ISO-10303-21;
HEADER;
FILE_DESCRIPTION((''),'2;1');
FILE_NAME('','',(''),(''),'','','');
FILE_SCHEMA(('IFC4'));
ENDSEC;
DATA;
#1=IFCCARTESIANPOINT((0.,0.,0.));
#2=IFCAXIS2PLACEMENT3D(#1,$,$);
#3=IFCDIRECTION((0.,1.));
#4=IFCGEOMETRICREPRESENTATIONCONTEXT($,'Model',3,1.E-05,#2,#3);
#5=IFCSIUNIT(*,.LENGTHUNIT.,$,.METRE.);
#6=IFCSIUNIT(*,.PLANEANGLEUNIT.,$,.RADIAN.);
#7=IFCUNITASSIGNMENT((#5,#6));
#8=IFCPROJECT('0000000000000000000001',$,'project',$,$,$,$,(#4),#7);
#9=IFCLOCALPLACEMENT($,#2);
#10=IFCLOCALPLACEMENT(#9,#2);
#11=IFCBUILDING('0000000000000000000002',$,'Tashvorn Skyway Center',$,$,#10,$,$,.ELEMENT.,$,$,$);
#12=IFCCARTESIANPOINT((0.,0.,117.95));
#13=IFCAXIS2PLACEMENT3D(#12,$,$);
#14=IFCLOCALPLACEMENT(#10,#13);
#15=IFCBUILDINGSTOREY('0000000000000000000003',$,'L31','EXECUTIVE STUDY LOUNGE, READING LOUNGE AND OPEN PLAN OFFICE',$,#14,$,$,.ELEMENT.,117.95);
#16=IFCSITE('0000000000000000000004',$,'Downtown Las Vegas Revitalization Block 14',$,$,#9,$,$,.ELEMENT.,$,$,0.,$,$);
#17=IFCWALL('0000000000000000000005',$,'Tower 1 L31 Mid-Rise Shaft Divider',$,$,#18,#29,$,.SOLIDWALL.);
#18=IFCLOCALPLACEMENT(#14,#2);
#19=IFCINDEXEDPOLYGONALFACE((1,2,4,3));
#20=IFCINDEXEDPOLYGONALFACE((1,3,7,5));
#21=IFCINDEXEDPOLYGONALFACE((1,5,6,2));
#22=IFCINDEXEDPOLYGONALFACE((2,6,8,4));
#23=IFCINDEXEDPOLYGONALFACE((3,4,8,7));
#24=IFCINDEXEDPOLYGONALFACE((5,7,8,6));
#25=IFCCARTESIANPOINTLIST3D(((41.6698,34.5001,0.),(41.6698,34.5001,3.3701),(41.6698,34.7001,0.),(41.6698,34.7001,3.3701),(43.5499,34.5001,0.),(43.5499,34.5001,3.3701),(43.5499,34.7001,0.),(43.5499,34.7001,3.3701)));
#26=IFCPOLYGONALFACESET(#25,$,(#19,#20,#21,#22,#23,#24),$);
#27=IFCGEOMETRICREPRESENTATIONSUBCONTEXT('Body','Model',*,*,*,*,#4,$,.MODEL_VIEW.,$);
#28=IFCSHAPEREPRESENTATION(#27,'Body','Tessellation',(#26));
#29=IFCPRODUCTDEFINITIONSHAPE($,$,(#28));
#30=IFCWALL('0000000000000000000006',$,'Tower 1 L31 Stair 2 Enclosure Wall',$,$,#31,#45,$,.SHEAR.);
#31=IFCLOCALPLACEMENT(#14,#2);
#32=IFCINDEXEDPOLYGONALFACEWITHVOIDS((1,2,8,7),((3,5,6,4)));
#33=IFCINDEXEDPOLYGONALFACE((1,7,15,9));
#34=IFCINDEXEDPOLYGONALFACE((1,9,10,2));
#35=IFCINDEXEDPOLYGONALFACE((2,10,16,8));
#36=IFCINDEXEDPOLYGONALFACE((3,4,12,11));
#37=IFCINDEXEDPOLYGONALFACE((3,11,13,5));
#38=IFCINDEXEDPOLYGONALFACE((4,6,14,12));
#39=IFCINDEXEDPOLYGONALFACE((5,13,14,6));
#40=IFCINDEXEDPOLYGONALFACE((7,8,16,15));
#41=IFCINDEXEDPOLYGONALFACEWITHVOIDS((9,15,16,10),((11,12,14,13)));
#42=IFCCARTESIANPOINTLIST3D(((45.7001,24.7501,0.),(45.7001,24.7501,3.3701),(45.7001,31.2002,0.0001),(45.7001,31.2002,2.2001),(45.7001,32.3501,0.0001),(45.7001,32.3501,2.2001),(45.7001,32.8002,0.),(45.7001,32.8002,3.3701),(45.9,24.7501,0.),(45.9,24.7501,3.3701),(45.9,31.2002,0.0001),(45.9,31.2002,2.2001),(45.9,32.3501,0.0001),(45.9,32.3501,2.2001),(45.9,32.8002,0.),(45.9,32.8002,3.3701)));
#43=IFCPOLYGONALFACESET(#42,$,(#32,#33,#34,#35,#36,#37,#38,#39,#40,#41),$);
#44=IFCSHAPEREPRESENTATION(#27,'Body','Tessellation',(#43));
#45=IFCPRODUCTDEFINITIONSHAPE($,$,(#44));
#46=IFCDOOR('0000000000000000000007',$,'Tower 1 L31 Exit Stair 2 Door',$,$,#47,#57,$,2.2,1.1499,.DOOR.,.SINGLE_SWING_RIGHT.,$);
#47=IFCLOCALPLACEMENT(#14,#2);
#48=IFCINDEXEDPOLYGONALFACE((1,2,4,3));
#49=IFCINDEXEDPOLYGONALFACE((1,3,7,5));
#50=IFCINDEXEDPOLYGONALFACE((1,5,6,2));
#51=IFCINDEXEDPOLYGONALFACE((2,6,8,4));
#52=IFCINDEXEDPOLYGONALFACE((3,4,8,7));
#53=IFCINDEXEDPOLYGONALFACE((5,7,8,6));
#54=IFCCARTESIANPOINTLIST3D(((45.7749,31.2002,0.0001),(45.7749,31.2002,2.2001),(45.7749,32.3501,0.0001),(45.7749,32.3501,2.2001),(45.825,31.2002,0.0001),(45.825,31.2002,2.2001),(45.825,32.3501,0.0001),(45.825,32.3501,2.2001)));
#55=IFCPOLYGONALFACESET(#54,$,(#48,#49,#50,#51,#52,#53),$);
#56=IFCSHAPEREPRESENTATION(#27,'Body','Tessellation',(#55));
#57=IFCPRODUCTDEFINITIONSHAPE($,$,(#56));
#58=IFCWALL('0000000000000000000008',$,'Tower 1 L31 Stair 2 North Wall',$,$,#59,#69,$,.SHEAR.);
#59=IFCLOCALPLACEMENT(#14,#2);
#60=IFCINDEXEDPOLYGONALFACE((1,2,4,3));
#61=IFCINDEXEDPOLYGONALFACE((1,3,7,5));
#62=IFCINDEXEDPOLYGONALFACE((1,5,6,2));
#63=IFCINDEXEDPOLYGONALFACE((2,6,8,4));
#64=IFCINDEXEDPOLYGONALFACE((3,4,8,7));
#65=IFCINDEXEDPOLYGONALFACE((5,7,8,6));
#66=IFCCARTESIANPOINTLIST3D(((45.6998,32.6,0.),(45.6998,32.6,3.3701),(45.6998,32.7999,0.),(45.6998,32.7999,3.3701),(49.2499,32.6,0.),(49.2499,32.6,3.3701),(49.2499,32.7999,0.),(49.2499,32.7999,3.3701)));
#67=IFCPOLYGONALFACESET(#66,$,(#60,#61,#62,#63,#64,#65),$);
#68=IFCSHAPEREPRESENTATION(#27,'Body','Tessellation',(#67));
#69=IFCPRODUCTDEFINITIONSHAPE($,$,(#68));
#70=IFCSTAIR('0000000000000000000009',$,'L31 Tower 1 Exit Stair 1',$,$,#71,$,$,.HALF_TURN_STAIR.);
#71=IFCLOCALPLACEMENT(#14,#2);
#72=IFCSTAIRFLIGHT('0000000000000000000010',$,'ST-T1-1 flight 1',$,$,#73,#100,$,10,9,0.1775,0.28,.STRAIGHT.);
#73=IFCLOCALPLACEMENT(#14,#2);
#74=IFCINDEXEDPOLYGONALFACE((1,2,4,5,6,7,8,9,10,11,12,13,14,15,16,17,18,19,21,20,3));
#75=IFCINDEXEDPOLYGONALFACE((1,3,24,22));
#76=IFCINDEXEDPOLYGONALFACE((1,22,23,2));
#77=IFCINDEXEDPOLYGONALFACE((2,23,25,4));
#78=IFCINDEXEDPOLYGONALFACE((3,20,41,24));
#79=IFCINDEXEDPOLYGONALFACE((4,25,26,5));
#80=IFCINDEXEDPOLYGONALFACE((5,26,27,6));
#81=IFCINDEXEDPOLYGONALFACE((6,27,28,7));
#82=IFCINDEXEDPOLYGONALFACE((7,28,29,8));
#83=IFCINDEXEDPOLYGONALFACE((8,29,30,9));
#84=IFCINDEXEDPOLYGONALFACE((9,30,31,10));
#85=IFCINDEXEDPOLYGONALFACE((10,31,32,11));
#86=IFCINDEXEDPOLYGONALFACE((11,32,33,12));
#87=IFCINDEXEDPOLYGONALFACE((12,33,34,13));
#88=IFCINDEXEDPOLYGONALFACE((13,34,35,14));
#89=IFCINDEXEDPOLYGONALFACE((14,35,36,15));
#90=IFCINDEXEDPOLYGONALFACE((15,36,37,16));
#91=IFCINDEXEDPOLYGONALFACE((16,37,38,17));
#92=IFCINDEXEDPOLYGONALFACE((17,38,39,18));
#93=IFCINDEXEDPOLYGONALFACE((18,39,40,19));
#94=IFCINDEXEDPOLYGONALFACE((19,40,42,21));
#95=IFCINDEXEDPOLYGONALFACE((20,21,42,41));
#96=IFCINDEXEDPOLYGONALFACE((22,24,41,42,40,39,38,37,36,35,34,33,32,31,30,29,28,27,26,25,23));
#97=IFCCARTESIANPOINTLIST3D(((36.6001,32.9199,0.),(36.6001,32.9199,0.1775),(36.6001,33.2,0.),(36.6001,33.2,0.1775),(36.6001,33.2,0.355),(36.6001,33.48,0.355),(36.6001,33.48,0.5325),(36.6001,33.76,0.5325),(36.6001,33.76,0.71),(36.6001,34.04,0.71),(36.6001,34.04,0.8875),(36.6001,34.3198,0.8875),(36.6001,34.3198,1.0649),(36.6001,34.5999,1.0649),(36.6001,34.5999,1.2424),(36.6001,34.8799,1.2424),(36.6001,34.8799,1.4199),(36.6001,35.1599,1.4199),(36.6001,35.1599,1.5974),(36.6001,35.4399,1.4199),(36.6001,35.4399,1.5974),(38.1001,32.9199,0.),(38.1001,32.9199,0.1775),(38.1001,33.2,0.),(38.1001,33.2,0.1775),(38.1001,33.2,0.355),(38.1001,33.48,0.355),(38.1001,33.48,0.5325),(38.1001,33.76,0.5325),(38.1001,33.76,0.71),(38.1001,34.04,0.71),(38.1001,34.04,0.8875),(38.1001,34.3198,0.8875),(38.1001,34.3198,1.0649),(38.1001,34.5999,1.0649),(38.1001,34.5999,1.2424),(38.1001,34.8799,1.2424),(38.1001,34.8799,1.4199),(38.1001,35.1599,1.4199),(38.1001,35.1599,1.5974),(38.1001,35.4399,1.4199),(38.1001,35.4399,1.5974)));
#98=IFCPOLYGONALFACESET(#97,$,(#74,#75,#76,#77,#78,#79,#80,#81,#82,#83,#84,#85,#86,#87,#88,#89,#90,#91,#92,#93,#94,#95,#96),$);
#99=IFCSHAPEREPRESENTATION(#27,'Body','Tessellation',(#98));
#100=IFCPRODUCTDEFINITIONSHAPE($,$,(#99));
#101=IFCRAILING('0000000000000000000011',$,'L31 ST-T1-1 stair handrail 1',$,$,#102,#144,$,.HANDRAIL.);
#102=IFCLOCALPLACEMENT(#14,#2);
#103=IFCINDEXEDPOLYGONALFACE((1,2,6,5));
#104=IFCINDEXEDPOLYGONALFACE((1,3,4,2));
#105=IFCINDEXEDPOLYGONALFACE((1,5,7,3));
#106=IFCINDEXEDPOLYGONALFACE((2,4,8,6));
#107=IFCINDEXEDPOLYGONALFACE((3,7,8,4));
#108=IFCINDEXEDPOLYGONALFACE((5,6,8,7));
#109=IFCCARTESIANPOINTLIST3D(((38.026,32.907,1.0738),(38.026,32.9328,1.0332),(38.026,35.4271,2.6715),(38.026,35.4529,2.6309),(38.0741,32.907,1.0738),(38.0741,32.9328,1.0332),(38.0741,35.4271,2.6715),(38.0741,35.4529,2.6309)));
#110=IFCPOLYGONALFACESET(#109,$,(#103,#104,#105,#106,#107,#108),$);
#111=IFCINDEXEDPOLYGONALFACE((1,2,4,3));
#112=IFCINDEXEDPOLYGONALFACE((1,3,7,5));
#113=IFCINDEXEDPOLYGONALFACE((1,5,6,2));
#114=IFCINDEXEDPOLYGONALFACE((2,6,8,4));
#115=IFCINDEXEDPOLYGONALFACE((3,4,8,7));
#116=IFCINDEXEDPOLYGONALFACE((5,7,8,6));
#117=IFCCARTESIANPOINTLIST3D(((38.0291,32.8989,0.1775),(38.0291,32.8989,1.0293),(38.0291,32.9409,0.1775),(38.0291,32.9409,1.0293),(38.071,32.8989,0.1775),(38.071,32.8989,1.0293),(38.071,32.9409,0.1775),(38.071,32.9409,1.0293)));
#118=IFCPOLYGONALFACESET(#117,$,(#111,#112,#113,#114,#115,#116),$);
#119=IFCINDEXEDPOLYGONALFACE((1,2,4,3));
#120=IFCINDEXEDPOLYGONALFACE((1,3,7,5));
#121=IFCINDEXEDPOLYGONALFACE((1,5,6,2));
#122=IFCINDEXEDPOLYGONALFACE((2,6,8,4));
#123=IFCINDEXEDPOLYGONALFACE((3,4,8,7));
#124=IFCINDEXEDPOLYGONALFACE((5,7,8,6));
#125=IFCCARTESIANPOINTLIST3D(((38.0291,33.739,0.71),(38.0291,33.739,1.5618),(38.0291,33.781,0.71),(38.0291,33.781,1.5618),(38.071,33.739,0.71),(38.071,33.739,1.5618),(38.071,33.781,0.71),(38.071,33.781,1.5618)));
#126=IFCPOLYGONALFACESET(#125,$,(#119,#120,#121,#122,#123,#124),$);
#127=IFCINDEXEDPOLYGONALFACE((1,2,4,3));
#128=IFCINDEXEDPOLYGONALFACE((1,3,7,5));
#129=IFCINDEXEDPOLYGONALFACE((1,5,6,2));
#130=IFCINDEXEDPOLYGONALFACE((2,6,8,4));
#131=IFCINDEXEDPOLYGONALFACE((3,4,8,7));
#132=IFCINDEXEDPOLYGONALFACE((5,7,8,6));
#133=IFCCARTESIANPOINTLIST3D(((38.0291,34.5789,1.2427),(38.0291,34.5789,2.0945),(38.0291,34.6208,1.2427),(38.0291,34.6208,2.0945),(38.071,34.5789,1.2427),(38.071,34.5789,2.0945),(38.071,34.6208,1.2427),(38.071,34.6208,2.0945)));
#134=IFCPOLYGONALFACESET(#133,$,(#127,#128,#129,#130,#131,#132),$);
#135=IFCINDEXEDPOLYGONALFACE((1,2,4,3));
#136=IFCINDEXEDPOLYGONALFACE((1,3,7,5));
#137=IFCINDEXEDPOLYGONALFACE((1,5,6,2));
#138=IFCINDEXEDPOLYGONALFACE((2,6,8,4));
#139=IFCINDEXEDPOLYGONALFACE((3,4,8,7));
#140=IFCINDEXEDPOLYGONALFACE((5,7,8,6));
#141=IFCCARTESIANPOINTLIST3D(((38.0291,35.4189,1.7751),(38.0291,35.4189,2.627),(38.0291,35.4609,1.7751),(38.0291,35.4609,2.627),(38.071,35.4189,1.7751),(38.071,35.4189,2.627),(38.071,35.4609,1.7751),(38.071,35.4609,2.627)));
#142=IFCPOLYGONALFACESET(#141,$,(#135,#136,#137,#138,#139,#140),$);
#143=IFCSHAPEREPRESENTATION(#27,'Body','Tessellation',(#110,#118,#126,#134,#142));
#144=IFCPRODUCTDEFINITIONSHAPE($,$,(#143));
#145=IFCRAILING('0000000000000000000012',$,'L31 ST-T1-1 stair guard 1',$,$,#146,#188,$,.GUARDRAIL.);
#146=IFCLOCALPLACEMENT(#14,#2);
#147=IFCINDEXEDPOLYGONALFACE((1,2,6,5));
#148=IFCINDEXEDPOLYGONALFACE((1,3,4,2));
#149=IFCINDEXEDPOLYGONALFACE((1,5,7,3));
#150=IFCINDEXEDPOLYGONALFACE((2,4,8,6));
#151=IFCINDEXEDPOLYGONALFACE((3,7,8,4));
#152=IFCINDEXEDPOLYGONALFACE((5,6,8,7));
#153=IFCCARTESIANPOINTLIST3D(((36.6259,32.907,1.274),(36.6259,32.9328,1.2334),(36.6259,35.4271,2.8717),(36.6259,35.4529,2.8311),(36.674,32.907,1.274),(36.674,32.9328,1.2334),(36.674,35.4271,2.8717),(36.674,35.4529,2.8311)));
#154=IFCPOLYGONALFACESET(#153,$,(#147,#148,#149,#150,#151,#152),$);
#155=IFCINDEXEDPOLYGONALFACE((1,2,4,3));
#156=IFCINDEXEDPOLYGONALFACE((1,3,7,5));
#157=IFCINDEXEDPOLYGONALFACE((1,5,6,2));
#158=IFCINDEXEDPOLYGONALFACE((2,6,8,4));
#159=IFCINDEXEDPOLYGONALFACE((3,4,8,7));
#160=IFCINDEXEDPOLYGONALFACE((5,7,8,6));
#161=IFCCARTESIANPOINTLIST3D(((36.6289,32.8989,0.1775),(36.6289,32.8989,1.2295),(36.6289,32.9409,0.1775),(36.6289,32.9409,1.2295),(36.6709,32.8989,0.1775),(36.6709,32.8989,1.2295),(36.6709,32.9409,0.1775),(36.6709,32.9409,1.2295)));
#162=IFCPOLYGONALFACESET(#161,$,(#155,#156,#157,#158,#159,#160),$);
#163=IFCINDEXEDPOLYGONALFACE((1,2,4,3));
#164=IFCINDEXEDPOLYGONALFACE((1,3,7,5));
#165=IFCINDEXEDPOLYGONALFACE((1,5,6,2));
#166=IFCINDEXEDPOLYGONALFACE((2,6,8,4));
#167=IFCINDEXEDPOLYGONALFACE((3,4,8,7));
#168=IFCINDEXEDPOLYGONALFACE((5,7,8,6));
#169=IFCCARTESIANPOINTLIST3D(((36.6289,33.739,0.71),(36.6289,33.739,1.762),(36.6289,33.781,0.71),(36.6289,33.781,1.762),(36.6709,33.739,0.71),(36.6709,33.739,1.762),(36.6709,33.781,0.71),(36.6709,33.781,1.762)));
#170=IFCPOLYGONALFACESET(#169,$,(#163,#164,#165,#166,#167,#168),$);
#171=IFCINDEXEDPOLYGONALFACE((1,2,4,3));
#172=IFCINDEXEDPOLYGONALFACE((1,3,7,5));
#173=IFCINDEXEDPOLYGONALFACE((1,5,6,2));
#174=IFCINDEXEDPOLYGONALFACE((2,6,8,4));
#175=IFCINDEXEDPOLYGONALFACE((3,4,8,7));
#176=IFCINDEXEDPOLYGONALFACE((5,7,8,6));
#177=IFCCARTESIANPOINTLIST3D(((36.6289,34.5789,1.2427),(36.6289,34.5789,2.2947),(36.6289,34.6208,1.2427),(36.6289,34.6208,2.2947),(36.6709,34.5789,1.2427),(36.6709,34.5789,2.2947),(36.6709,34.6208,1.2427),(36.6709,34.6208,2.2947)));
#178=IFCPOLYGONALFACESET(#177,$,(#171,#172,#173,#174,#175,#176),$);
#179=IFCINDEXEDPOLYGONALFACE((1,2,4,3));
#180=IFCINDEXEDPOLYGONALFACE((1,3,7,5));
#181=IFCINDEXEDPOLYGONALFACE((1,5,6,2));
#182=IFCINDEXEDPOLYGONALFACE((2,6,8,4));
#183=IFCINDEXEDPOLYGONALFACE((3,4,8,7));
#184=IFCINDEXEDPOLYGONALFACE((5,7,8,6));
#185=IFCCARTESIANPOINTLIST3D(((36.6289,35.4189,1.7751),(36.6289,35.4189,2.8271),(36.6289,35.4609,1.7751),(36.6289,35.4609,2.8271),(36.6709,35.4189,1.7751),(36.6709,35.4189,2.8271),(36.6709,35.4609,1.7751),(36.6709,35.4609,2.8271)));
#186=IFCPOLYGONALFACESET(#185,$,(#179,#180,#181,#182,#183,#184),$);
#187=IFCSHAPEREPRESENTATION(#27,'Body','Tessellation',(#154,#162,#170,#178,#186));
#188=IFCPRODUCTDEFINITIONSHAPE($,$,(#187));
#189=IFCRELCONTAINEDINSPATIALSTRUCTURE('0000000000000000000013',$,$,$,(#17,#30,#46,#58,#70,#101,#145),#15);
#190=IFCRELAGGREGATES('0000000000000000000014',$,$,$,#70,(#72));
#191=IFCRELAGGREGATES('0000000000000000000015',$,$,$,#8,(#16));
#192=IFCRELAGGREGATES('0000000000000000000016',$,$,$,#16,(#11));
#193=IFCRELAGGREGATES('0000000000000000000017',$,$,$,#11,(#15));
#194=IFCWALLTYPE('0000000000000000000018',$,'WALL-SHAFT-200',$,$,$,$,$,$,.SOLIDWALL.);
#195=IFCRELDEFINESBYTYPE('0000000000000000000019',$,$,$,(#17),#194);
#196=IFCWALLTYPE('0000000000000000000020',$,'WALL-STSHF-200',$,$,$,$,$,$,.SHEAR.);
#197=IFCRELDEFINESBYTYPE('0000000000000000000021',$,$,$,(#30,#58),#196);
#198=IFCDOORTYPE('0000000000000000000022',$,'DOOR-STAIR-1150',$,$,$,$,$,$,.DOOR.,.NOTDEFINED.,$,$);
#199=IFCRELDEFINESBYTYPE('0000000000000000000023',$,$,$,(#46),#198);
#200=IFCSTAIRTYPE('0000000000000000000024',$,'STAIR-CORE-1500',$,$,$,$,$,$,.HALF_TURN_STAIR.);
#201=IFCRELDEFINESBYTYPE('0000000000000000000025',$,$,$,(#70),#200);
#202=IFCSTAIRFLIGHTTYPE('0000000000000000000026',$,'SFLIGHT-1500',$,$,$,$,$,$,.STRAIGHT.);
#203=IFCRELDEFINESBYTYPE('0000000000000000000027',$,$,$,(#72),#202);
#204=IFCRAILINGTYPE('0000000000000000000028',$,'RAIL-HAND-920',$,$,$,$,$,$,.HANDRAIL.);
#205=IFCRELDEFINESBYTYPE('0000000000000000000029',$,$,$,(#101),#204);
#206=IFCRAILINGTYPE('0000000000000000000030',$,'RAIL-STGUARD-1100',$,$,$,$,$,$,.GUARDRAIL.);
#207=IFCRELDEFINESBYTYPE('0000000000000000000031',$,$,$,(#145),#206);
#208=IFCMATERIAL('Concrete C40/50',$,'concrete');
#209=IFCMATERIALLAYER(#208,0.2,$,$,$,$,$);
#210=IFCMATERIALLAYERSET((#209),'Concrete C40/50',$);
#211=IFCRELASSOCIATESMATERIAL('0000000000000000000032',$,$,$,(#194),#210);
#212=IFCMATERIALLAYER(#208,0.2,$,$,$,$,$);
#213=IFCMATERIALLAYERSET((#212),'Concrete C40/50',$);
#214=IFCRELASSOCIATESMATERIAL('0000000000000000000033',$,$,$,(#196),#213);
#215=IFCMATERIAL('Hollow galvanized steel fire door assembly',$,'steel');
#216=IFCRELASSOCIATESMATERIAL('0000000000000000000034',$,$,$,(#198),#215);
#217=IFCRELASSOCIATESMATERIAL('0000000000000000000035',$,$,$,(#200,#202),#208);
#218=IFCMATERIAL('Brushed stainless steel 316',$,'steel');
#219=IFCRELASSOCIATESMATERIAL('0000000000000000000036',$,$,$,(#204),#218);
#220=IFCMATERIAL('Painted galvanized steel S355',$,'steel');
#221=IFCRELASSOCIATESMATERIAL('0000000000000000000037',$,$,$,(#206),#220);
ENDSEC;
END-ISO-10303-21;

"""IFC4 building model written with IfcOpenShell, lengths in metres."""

from ifc_helpers import new_model, si_unit, direction, frame, frame_2d, origin, origin_2d, place, context, subcontext, project, spatial, polyline, rectangle, outline, extrude, material, layer, layer_set, type_object, element, fill, aggregate, save


model = new_model("IFC4")

# Units and contexts
model_context = context("Model", 3, precision=1e-05, world=origin(), true_north=direction((0.0, 1.0)))
body_context = subcontext(model_context, "Body", "Model", "MODEL_VIEW")
ifc_project = project(units=[si_unit("LENGTHUNIT", "METRE"), si_unit("PLANEANGLEUNIT", "RADIAN")], contexts=[model_context])

# Site, building, storey
site_placement = place(None, origin())
site = spatial("IfcSite", under=ifc_project, at=site_placement, Name="Downtown Las Vegas Revitalization Block 14", CompositionType="ELEMENT", RefElevation=0.0)
building_placement = place(site_placement, origin())
building = spatial("IfcBuilding", under=site, at=building_placement, Name="Tashvorn Skyway Center", CompositionType="ELEMENT")
storey_placement = place(building_placement, frame((0.0, 0.0, 117.95)))
storey = spatial("IfcBuildingStorey", under=building, at=storey_placement, Name="L31", Description="EXECUTIVE STUDY LOUNGE, READING LOUNGE AND OPEN PLAN OFFICE", CompositionType="ELEMENT", Elevation=117.95)

# Shared definitions
ifc_material_1 = material(Name="Concrete C40/50", Category="concrete")
ifc_material_2 = material(Name="Hollow galvanized steel fire door assembly", Category="steel")

# Shared definitions
ifc_layer_1 = layer(ifc_material_1, 0.2)
ifc_layer_set_1 = layer_set([ifc_layer_1], Name="Concrete C40/50")
wall_type_1 = type_object("IfcWallType", Name="WALL-SHAFT-200", PredefinedType="SOLIDWALL", material=ifc_layer_set_1)

# Wall
wall_1_placement = place(storey_placement, frame((41.6699, 34.6001, 0.0), z_axis=(0.0, 0.0, 1.0), x_axis=(1.0, 0.0, 0.0)))
element("IfcWall", 1, at=wall_1_placement, inside=storey, type_object=wall_type_1, Name="Tower 1 L31 Mid-Rise Shaft Divider", PredefinedType="SOLIDWALL", context=body_context, shape_type="SweptSolid", body=[
    extrude(rectangle(XDim=1.8801, YDim=0.2, at=frame_2d((0.9399, 0.0))), origin(), (0.0, 0.0, 1.0), 3.3701),
])

# Wall, opening, door
ifc_layer_2 = layer(ifc_material_1, 0.2)
ifc_layer_set_2 = layer_set([ifc_layer_2], Name="Concrete C40/50")
wall_type_2 = type_object("IfcWallType", Name="WALL-STSHF-200", PredefinedType="SHEAR", material=ifc_layer_set_2)
wall_2_placement = place(storey_placement, frame((45.8, 32.8, 0.0), z_axis=(0.0, 0.0, 1.0), x_axis=(0.0, -1.0, 0.0)))
wall_2 = element("IfcWall", 2, at=wall_2_placement, inside=storey, type_object=wall_type_2, Name="Tower 1 L31 Stair 2 Enclosure Wall", PredefinedType="SHEAR", context=body_context, shape_type="SweptSolid", body=[
    extrude(rectangle(XDim=8.05, YDim=0.2, at=frame_2d((4.0249, 0.0))), origin(), (0.0, 0.0, 1.0), 3.3701),
])
opening_1_placement = place(wall_2_placement, frame((0.45, 0.0, 0.0)))
opening_1 = element("IfcOpeningElement", 3, at=opening_1_placement, cuts=wall_2, PredefinedType="OPENING", context=body_context, shape_type="SweptSolid", body=[
    extrude(rectangle(XDim=1.1499, YDim=2.2, at=frame_2d((0.575, 1.1001))), frame((0.0, 0.1099, 0.0), z_axis=(0.0, -1.0, 0.0), x_axis=(1.0, 0.0, 0.0)), (0.0, 0.0, 1.0), 0.22),
])
door_type_1 = type_object("IfcDoorType", Name="DOOR-STAIR-1150", OperationType="NOTDEFINED", PredefinedType="DOOR", material=ifc_material_2)
door_1_placement = place(opening_1_placement, origin())
door_1 = element("IfcDoor", 4, at=door_1_placement, inside=storey, type_object=door_type_1, Name="Tower 1 L31 Exit Stair 2 Door", OperationType="SINGLE_SWING_RIGHT", OverallHeight=2.2, OverallWidth=1.1499, PredefinedType="DOOR", context=body_context, shape_type="SweptSolid", body=[
    extrude(rectangle(XDim=1.1499, YDim=2.2, at=frame_2d((0.575, 1.1001))), frame((0.0, 0.0249, 0.0), z_axis=(0.0, -1.0, 0.0), x_axis=(1.0, 0.0, 0.0)), (0.0, 0.0, 1.0), 0.05),
])
fill(opening_1, door_1)

# Wall
wall_3_placement = place(storey_placement, frame((45.7, 32.7, 0.0), z_axis=(0.0, 0.0, 1.0), x_axis=(1.0, 0.0, 0.0)))
element("IfcWall", 5, at=wall_3_placement, inside=storey, type_object=wall_type_2, Name="Tower 1 L31 Stair 2 North Wall", PredefinedType="SHEAR", context=body_context, shape_type="SweptSolid", body=[
    extrude(rectangle(XDim=3.55, YDim=0.2, at=frame_2d((1.7749, 0.0))), origin(), (0.0, 0.0, 1.0), 3.3701),
])

# Stair, stair flight
stair_type = type_object("IfcStairType", Name="STAIR-CORE-1500", PredefinedType="HALF_TURN_STAIR", material=ifc_material_1)
stair_placement = place(storey_placement, origin())
stair = element("IfcStair", 6, at=stair_placement, inside=storey, type_object=stair_type, Name="L31 Tower 1 Exit Stair 1", PredefinedType="HALF_TURN_STAIR")
stair_flight_type = type_object("IfcStairFlightType", Name="SFLIGHT-1500", PredefinedType="STRAIGHT", material=ifc_material_1)
stair_flight_placement = place(storey_placement, frame((37.3501, 32.9199, 0.0), z_axis=(0.0, 0.0, 1.0), x_axis=(0.0, 1.0, 0.0)))
stair_flight = element("IfcStairFlight", 7, at=stair_flight_placement, type_object=stair_flight_type, Name="ST-T1-1 flight 1", NumberOfRisers=10, NumberOfTreads=9, PredefinedType="STRAIGHT", RiserHeight=0.1775, TreadLength=0.28, context=body_context, shape_type="SweptSolid", body=[
    extrude(outline(polyline([(0.0, 0.0), (0.0, 0.1775), (0.28, 0.1775), (0.28, 0.355), (0.5601, 0.355), (0.5601, 0.5325), (0.8401, 0.5325), (0.8401, 0.71), (1.1201, 0.71), (1.1201, 0.8875), (1.3999, 0.8875), (1.3999, 1.0649), (1.6799, 1.0649), (1.6799, 1.2424), (1.96, 1.2424), (1.96, 1.4199), (2.24, 1.4199), (2.24, 1.5974), (2.52, 1.5974), (2.52, 1.7749), (2.52, 1.4199), (0.28, 0.0), (0.0, 0.0)])), frame((0.0, 0.75, 0.0), z_axis=(0.0, -1.0, 0.0), x_axis=(1.0, 0.0, 0.0)), (0.0, 0.0, 1.0), 1.5),
])
aggregate(stair, [stair_flight])

# Railings
ifc_material_3 = material(Name="Brushed stainless steel 316", Category="steel")
railing_type_1 = type_object("IfcRailingType", Name="RAIL-HAND-920", PredefinedType="HANDRAIL", material=ifc_material_3)
railing_1_placement = place(storey_placement, frame((38.05, 32.9199, 0.1775)))
element("IfcRailing", 8, at=railing_1_placement, inside=storey, type_object=railing_type_1, Name="L31 ST-T1-1 stair handrail 1", PredefinedType="HANDRAIL", context=body_context, shape_type="SweptSolid", body=[
    extrude(rectangle(XDim=0.0481, YDim=0.0481, at=origin_2d()), frame((0.0, 0.0, 0.876), z_axis=(0.0, 0.84457, 0.535445), x_axis=(-1.0, 0.0, 0.0)), (0.0, 0.0, 1.0), 2.9839),
    extrude(rectangle(XDim=0.042, YDim=0.042, at=origin_2d()), origin(), (0.0, 0.0, 1.0), 0.8518),
    extrude(rectangle(XDim=0.042, YDim=0.042, at=origin_2d()), frame((0.0, 0.8401, 0.5325)), (0.0, 0.0, 1.0), 0.8518),
    extrude(rectangle(XDim=0.042, YDim=0.042, at=origin_2d()), frame((0.0, 1.6799, 1.0652)), (0.0, 0.0, 1.0), 0.8518),
    extrude(rectangle(XDim=0.042, YDim=0.042, at=origin_2d()), frame((0.0, 2.52, 1.5977)), (0.0, 0.0, 1.0), 0.8518),
])
ifc_material_4 = material(Name="Painted galvanized steel S355", Category="steel")
railing_type_2 = type_object("IfcRailingType", Name="RAIL-STGUARD-1100", PredefinedType="GUARDRAIL", material=ifc_material_4)
railing_2_placement = place(storey_placement, frame((36.6499, 32.9199, 0.1775)))
element("IfcRailing", 9, at=railing_2_placement, inside=storey, type_object=railing_type_2, Name="L31 ST-T1-1 stair guard 1", PredefinedType="GUARDRAIL", context=body_context, shape_type="SweptSolid", body=[
    extrude(rectangle(XDim=0.0481, YDim=0.0481, at=origin_2d()), frame((0.0, 0.0, 1.0762), z_axis=(0.0, 0.84457, 0.535445), x_axis=(-1.0, 0.0, 0.0)), (0.0, 0.0, 1.0), 2.9839),
    extrude(rectangle(XDim=0.042, YDim=0.042, at=origin_2d()), origin(), (0.0, 0.0, 1.0), 1.052),
    extrude(rectangle(XDim=0.042, YDim=0.042, at=origin_2d()), frame((0.0, 0.8401, 0.5325)), (0.0, 0.0, 1.0), 1.052),
    extrude(rectangle(XDim=0.042, YDim=0.042, at=origin_2d()), frame((0.0, 1.6799, 1.0652)), (0.0, 0.0, 1.0), 1.052),
    extrude(rectangle(XDim=0.042, YDim=0.042, at=origin_2d()), frame((0.0, 2.52, 1.5977)), (0.0, 0.0, 1.0), 1.052),
])

save(model, "model.ifc")
